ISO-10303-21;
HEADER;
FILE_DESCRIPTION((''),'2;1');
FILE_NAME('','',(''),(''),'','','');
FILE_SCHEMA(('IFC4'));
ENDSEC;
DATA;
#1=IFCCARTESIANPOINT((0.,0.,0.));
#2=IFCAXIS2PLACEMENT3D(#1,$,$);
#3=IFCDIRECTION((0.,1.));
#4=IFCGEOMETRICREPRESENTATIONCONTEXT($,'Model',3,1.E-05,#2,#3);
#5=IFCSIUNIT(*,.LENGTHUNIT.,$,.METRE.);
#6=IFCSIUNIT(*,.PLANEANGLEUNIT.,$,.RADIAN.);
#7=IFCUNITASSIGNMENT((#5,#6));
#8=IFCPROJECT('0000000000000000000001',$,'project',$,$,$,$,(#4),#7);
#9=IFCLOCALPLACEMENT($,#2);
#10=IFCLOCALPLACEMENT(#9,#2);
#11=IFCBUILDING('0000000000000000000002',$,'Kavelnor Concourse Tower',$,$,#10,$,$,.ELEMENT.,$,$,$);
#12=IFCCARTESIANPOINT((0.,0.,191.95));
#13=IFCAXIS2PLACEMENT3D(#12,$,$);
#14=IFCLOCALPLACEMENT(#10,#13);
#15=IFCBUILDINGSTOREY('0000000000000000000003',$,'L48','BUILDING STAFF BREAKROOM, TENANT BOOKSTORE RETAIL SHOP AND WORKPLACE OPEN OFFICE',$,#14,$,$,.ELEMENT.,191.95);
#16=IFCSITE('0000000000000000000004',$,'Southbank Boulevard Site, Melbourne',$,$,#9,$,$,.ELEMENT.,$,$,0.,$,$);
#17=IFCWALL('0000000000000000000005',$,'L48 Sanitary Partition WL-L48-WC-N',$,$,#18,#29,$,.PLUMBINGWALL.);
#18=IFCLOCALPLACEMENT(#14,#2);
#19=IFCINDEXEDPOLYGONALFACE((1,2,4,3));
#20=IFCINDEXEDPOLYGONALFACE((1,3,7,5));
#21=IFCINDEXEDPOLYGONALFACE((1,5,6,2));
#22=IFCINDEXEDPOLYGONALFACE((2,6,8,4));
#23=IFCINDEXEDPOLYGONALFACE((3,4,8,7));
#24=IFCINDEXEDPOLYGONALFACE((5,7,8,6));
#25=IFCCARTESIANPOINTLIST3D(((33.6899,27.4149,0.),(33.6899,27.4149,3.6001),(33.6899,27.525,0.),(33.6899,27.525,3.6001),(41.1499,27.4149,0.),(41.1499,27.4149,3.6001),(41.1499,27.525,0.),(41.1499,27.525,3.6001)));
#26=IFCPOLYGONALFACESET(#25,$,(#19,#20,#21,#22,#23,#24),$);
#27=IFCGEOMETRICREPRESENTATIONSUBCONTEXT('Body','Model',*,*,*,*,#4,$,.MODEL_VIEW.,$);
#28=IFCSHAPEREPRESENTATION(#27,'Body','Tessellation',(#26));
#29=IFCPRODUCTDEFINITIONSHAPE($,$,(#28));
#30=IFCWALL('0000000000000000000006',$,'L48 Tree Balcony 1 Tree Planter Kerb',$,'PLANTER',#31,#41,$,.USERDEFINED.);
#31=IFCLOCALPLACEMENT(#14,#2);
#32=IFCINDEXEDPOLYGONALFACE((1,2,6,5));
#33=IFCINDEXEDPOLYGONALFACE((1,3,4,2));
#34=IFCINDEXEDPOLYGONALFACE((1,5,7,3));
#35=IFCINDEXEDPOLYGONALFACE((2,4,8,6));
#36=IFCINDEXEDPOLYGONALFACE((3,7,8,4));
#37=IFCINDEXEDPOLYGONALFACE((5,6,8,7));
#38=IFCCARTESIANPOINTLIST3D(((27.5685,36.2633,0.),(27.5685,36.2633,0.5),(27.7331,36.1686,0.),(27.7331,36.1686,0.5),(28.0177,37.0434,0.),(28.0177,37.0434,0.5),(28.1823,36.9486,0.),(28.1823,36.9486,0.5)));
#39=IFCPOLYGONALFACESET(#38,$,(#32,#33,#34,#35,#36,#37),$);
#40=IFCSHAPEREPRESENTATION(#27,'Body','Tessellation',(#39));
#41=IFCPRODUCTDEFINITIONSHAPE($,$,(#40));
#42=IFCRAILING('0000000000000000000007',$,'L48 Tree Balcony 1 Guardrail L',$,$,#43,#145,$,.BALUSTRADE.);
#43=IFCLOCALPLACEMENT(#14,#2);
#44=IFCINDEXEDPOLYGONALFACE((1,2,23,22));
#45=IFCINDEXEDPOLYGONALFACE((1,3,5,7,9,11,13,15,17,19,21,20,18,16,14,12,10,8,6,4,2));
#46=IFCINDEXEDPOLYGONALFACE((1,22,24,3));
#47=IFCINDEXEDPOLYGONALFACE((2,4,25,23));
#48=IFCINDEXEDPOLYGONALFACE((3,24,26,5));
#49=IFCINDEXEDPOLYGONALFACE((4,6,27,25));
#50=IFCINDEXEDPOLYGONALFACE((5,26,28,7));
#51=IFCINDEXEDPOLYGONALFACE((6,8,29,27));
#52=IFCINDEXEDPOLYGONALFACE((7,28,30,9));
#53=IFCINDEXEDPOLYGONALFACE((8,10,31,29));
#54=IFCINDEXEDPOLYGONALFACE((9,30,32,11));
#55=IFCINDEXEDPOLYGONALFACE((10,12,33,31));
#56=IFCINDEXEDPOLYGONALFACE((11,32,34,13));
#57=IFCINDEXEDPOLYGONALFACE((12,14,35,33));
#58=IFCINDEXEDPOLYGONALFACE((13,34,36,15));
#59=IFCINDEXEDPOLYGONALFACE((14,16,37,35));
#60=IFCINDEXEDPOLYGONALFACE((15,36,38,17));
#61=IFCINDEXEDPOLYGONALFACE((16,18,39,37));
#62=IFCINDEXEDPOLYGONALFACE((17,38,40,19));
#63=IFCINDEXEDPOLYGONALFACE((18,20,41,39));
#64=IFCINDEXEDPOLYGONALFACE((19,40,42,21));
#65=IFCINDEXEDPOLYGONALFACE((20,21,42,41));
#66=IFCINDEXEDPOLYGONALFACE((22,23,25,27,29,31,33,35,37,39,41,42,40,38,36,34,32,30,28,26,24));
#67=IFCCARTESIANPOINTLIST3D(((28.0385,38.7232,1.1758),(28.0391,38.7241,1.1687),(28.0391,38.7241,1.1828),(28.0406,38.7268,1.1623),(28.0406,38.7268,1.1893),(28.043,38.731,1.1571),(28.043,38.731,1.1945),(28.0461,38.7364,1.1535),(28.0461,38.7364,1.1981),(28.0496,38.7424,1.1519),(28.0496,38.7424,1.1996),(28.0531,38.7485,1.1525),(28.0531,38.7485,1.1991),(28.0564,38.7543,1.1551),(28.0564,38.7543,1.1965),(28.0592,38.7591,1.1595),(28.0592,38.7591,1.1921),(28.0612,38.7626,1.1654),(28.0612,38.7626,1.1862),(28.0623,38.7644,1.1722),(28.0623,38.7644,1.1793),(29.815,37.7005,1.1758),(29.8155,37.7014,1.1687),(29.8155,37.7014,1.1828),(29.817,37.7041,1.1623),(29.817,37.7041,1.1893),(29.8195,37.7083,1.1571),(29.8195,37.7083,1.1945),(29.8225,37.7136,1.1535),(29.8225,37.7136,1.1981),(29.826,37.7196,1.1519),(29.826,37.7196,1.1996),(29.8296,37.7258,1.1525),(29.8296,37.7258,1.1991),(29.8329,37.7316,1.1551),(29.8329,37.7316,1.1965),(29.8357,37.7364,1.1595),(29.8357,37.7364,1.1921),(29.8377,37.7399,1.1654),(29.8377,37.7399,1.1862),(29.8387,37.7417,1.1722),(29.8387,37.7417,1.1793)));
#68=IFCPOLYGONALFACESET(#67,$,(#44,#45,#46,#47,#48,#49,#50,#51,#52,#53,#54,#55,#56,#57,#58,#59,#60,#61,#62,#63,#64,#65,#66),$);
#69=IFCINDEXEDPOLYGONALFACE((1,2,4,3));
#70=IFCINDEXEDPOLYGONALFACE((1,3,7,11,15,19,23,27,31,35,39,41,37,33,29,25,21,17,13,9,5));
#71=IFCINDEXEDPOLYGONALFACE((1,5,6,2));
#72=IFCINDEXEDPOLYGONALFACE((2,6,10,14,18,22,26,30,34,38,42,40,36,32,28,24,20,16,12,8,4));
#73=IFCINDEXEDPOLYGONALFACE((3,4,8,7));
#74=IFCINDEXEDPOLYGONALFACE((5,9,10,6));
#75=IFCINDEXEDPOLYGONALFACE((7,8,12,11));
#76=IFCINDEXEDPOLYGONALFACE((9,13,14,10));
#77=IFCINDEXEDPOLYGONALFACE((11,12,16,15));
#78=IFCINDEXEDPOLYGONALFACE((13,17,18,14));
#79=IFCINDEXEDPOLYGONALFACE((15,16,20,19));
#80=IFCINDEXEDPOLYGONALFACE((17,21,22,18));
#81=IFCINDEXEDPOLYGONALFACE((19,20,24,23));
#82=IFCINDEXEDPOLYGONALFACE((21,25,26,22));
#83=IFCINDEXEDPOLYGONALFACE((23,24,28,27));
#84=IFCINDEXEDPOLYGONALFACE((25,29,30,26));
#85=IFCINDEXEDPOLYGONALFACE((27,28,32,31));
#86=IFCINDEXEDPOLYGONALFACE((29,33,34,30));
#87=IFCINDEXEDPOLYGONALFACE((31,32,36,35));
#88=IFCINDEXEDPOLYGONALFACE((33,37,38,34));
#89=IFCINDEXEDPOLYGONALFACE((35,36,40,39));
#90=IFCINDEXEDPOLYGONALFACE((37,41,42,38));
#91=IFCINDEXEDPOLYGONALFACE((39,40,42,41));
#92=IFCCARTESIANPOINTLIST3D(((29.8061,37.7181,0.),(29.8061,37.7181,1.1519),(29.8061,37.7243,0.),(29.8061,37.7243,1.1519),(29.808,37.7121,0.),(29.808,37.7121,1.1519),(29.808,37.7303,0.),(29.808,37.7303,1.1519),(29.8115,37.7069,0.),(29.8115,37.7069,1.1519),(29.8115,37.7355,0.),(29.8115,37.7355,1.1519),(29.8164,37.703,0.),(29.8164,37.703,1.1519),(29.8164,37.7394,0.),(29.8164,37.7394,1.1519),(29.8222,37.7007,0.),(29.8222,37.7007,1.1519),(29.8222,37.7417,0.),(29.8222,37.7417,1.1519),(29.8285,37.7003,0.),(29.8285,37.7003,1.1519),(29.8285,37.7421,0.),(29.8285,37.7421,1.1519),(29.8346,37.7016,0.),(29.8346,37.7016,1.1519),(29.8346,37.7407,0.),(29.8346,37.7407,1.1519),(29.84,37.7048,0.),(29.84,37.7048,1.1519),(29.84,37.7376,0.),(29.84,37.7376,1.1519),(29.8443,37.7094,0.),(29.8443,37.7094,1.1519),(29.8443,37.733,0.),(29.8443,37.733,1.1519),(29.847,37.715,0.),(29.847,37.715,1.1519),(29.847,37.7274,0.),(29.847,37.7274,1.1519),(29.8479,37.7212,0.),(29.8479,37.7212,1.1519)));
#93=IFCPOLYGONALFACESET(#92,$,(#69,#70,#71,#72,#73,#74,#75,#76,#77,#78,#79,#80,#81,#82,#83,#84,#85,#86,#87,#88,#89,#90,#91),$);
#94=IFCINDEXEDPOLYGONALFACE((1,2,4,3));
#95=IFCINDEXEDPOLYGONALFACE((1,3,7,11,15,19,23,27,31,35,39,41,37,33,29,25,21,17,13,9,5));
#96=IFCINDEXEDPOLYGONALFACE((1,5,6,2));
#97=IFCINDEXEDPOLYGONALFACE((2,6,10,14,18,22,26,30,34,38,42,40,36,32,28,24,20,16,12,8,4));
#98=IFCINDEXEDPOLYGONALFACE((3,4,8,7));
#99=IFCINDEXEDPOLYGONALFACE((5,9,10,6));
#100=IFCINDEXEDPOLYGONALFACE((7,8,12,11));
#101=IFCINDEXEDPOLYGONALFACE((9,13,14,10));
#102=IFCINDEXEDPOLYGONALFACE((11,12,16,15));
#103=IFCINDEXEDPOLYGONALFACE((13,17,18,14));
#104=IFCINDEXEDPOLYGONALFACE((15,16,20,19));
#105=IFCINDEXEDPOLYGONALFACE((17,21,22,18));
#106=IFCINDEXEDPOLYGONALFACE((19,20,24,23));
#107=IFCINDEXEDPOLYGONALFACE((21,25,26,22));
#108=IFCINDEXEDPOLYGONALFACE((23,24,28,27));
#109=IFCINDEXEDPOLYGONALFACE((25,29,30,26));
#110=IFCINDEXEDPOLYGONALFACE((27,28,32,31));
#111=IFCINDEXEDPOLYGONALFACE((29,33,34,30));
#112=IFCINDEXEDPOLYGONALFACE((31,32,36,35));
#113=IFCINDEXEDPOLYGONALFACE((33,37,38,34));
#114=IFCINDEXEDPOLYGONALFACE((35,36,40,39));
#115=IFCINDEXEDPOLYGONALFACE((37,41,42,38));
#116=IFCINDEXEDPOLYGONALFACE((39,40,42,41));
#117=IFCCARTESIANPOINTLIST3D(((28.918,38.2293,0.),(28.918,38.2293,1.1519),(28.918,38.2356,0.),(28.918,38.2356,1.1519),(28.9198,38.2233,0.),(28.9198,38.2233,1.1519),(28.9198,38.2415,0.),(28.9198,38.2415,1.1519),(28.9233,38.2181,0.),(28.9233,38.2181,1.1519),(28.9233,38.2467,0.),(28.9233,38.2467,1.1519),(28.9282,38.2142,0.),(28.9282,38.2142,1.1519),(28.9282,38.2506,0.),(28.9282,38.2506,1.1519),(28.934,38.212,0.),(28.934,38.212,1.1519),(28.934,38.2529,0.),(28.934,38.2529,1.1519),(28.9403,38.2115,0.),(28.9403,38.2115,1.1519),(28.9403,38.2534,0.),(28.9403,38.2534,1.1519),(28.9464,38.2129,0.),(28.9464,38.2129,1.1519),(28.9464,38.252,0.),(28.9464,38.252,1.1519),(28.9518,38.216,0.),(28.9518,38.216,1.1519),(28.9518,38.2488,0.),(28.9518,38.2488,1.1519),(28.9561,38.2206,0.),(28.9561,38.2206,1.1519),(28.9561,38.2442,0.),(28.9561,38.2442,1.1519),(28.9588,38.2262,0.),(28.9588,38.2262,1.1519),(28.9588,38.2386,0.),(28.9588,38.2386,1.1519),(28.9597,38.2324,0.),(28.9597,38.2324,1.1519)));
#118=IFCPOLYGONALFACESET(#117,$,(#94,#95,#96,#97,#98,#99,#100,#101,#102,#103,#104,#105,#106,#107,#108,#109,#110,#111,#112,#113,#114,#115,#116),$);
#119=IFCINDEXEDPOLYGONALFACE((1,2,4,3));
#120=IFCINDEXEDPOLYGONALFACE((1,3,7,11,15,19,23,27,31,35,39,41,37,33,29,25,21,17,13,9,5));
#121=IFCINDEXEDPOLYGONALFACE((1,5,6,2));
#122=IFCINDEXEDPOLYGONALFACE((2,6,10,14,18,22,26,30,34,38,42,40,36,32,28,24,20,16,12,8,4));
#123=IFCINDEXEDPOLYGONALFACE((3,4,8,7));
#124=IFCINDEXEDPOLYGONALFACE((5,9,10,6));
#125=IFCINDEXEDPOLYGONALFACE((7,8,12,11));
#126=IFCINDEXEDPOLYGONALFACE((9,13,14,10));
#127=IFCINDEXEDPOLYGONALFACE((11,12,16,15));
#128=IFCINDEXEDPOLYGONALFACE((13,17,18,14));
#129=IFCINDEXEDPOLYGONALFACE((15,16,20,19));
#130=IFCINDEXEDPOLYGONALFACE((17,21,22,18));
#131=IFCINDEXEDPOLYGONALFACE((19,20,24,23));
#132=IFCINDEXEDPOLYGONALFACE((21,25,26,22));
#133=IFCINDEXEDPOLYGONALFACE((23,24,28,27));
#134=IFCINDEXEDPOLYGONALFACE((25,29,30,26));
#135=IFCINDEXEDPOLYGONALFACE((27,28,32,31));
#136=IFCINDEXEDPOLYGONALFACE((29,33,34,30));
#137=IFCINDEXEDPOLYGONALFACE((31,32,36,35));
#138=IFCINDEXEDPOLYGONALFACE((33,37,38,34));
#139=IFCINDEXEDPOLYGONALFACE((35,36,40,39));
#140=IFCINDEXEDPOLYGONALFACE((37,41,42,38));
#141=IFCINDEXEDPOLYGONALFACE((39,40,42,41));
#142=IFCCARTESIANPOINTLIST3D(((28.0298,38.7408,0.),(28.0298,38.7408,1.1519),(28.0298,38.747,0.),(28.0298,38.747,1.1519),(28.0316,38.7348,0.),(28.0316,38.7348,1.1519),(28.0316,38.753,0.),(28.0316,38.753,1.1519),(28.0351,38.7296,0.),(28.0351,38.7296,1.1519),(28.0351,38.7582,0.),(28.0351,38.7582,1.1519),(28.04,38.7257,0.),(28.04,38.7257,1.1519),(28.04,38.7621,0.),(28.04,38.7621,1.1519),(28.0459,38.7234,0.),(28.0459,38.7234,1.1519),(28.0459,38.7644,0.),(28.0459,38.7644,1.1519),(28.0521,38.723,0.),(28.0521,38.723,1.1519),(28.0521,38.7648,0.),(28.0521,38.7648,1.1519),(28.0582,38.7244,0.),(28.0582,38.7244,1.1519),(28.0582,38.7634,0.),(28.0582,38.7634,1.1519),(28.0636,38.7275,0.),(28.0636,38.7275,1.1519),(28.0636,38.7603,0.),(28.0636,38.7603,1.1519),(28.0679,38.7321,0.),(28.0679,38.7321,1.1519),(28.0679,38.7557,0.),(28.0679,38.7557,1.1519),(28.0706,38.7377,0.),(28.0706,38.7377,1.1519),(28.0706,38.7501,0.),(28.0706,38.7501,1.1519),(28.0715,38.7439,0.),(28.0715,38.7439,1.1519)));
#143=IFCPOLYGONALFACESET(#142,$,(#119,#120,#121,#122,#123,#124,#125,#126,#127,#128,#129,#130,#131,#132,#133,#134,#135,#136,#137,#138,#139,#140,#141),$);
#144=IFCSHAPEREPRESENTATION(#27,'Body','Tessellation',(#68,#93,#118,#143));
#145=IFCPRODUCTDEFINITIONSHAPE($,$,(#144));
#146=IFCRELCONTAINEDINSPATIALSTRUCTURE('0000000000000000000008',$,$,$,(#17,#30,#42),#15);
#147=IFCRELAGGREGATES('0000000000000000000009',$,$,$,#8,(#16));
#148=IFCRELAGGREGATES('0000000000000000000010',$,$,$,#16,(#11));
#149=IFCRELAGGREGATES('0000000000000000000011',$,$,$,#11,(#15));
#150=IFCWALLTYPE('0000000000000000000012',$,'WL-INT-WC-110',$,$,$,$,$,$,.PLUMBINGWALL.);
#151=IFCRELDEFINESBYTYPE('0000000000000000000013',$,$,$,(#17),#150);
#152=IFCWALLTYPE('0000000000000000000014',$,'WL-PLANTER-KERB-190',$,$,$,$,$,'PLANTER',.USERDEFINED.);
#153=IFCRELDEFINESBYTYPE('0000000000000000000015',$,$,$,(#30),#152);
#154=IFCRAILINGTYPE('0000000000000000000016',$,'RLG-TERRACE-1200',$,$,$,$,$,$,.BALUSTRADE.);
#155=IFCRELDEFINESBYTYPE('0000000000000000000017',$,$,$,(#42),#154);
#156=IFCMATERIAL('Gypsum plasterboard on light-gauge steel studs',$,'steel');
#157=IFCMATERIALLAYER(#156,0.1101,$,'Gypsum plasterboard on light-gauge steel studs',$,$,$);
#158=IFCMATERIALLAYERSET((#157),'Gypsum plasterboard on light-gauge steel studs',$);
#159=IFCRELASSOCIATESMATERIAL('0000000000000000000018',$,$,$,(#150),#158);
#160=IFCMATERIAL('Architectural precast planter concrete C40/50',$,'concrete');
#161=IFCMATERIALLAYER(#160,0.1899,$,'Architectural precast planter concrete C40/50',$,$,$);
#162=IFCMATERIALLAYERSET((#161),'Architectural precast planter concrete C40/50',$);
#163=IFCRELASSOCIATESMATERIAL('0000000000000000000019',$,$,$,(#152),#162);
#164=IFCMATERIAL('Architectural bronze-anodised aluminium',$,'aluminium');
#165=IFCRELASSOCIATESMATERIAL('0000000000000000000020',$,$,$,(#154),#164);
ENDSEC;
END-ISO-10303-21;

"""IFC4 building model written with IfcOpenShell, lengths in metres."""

from ifc_helpers import new_model, si_unit, direction, frame, frame_2d, origin, origin_2d, place, context, subcontext, project, spatial, rectangle, circle, extrude, material, layer, layer_set, type_object, element, save


model = new_model("IFC4")

# Units and contexts
model_context = context("Model", 3, precision=1e-05, world=origin(), true_north=direction((0.0, 1.0)))
body_context = subcontext(model_context, "Body", "Model", "MODEL_VIEW")
ifc_project = project(units=[si_unit("LENGTHUNIT", "METRE"), si_unit("PLANEANGLEUNIT", "RADIAN")], contexts=[model_context])

# Site, building, storey
site_placement = place(None, origin())
site = spatial("IfcSite", under=ifc_project, at=site_placement, Name="Southbank Boulevard Site, Melbourne", CompositionType="ELEMENT", RefElevation=0.0)
building_placement = place(site_placement, origin())
building = spatial("IfcBuilding", under=site, at=building_placement, Name="Kavelnor Concourse Tower", CompositionType="ELEMENT")
storey_placement = place(building_placement, frame((0.0, 0.0, 191.95)))
storey = spatial("IfcBuildingStorey", under=building, at=storey_placement, Name="L48", Description="BUILDING STAFF BREAKROOM, TENANT BOOKSTORE RETAIL SHOP AND WORKPLACE OPEN OFFICE", CompositionType="ELEMENT", Elevation=191.95)

# Shared definitions
ifc_material_1 = material(Name="Gypsum plasterboard on light-gauge steel studs", Category="steel")

# Walls
ifc_layer_1 = layer(ifc_material_1, 0.1101, Name="Gypsum plasterboard on light-gauge steel studs")
ifc_layer_set_1 = layer_set([ifc_layer_1], Name="Gypsum plasterboard on light-gauge steel studs")
wall_type_1 = type_object("IfcWallType", Name="WL-INT-WC-110", PredefinedType="PLUMBINGWALL", material=ifc_layer_set_1)
wall_1_placement = place(storey_placement, frame((33.6899, 27.47, 0.0), z_axis=(0.0, 0.0, 1.0), x_axis=(1.0, 0.0, 0.0)))
element("IfcWall", 1, at=wall_1_placement, inside=storey, type_object=wall_type_1, Name="L48 Sanitary Partition WL-L48-WC-N", PredefinedType="PLUMBINGWALL", context=body_context, shape_type="SweptSolid", body=[
    extrude(rectangle(XDim=7.46, YDim=0.1101, at=frame_2d((3.73, 0.0))), origin(), (0.0, 0.0, 1.0), 3.6001),
])
ifc_material_2 = material(Name="Architectural precast planter concrete C40/50", Category="concrete")
ifc_layer_2 = layer(ifc_material_2, 0.1899, Name="Architectural precast planter concrete C40/50")
ifc_layer_set_2 = layer_set([ifc_layer_2], Name="Architectural precast planter concrete C40/50")
wall_type_2 = type_object("IfcWallType", Name="WL-PLANTER-KERB-190", ElementType="PLANTER", PredefinedType="USERDEFINED", material=ifc_layer_set_2)
wall_2_placement = place(storey_placement, frame((28.1001, 36.9961, 0.0), z_axis=(0.0, 0.0, 1.0), x_axis=(-0.499057, -0.866569, 0.0)))
element("IfcWall", 2, at=wall_2_placement, inside=storey, type_object=wall_type_2, Name="L48 Tree Balcony 1 Tree Planter Kerb", ObjectType="PLANTER", PredefinedType="USERDEFINED", context=body_context, shape_type="SweptSolid", body=[
    extrude(rectangle(XDim=0.9001, YDim=0.1899, at=frame_2d((0.4502, 0.0))), origin(), (0.0, 0.0, 1.0), 0.5),
])

# Railing
ifc_material_3 = material(Name="Architectural bronze-anodised aluminium", Category="aluminium")
railing_type = type_object("IfcRailingType", Name="RLG-TERRACE-1200", PredefinedType="BALUSTRADE", material=ifc_material_3)
railing_1_placement = place(storey_placement, frame((29.8269, 37.7212, 0.0)))
element("IfcRailing", 3, at=railing_1_placement, inside=storey, type_object=railing_type, Name="L48 Tree Balcony 1 Guardrail L", PredefinedType="BALUSTRADE", context=body_context, shape_type="SweptSolid", body=[
    extrude(circle(Radius=0.0239, at=origin_2d()), frame((0.0, 0.0, 1.1758), z_axis=(-0.866633, 0.498945, 0.0), x_axis=(-0.498945, -0.866633, 0.0)), (0.0, 0.0, 1.0), 2.0498),
    extrude(circle(Radius=0.021, at=origin_2d()), origin(), (0.0, 0.0, 1.0), 1.1519),
    extrude(circle(Radius=0.021, at=origin_2d()), frame((-0.8882, 0.5112, 0.0)), (0.0, 0.0, 1.0), 1.1519),
    extrude(circle(Radius=0.021, at=origin_2d()), frame((-1.7764, 1.0227, 0.0)), (0.0, 0.0, 1.0), 1.1519),
])

save(model, "model.ifc")
